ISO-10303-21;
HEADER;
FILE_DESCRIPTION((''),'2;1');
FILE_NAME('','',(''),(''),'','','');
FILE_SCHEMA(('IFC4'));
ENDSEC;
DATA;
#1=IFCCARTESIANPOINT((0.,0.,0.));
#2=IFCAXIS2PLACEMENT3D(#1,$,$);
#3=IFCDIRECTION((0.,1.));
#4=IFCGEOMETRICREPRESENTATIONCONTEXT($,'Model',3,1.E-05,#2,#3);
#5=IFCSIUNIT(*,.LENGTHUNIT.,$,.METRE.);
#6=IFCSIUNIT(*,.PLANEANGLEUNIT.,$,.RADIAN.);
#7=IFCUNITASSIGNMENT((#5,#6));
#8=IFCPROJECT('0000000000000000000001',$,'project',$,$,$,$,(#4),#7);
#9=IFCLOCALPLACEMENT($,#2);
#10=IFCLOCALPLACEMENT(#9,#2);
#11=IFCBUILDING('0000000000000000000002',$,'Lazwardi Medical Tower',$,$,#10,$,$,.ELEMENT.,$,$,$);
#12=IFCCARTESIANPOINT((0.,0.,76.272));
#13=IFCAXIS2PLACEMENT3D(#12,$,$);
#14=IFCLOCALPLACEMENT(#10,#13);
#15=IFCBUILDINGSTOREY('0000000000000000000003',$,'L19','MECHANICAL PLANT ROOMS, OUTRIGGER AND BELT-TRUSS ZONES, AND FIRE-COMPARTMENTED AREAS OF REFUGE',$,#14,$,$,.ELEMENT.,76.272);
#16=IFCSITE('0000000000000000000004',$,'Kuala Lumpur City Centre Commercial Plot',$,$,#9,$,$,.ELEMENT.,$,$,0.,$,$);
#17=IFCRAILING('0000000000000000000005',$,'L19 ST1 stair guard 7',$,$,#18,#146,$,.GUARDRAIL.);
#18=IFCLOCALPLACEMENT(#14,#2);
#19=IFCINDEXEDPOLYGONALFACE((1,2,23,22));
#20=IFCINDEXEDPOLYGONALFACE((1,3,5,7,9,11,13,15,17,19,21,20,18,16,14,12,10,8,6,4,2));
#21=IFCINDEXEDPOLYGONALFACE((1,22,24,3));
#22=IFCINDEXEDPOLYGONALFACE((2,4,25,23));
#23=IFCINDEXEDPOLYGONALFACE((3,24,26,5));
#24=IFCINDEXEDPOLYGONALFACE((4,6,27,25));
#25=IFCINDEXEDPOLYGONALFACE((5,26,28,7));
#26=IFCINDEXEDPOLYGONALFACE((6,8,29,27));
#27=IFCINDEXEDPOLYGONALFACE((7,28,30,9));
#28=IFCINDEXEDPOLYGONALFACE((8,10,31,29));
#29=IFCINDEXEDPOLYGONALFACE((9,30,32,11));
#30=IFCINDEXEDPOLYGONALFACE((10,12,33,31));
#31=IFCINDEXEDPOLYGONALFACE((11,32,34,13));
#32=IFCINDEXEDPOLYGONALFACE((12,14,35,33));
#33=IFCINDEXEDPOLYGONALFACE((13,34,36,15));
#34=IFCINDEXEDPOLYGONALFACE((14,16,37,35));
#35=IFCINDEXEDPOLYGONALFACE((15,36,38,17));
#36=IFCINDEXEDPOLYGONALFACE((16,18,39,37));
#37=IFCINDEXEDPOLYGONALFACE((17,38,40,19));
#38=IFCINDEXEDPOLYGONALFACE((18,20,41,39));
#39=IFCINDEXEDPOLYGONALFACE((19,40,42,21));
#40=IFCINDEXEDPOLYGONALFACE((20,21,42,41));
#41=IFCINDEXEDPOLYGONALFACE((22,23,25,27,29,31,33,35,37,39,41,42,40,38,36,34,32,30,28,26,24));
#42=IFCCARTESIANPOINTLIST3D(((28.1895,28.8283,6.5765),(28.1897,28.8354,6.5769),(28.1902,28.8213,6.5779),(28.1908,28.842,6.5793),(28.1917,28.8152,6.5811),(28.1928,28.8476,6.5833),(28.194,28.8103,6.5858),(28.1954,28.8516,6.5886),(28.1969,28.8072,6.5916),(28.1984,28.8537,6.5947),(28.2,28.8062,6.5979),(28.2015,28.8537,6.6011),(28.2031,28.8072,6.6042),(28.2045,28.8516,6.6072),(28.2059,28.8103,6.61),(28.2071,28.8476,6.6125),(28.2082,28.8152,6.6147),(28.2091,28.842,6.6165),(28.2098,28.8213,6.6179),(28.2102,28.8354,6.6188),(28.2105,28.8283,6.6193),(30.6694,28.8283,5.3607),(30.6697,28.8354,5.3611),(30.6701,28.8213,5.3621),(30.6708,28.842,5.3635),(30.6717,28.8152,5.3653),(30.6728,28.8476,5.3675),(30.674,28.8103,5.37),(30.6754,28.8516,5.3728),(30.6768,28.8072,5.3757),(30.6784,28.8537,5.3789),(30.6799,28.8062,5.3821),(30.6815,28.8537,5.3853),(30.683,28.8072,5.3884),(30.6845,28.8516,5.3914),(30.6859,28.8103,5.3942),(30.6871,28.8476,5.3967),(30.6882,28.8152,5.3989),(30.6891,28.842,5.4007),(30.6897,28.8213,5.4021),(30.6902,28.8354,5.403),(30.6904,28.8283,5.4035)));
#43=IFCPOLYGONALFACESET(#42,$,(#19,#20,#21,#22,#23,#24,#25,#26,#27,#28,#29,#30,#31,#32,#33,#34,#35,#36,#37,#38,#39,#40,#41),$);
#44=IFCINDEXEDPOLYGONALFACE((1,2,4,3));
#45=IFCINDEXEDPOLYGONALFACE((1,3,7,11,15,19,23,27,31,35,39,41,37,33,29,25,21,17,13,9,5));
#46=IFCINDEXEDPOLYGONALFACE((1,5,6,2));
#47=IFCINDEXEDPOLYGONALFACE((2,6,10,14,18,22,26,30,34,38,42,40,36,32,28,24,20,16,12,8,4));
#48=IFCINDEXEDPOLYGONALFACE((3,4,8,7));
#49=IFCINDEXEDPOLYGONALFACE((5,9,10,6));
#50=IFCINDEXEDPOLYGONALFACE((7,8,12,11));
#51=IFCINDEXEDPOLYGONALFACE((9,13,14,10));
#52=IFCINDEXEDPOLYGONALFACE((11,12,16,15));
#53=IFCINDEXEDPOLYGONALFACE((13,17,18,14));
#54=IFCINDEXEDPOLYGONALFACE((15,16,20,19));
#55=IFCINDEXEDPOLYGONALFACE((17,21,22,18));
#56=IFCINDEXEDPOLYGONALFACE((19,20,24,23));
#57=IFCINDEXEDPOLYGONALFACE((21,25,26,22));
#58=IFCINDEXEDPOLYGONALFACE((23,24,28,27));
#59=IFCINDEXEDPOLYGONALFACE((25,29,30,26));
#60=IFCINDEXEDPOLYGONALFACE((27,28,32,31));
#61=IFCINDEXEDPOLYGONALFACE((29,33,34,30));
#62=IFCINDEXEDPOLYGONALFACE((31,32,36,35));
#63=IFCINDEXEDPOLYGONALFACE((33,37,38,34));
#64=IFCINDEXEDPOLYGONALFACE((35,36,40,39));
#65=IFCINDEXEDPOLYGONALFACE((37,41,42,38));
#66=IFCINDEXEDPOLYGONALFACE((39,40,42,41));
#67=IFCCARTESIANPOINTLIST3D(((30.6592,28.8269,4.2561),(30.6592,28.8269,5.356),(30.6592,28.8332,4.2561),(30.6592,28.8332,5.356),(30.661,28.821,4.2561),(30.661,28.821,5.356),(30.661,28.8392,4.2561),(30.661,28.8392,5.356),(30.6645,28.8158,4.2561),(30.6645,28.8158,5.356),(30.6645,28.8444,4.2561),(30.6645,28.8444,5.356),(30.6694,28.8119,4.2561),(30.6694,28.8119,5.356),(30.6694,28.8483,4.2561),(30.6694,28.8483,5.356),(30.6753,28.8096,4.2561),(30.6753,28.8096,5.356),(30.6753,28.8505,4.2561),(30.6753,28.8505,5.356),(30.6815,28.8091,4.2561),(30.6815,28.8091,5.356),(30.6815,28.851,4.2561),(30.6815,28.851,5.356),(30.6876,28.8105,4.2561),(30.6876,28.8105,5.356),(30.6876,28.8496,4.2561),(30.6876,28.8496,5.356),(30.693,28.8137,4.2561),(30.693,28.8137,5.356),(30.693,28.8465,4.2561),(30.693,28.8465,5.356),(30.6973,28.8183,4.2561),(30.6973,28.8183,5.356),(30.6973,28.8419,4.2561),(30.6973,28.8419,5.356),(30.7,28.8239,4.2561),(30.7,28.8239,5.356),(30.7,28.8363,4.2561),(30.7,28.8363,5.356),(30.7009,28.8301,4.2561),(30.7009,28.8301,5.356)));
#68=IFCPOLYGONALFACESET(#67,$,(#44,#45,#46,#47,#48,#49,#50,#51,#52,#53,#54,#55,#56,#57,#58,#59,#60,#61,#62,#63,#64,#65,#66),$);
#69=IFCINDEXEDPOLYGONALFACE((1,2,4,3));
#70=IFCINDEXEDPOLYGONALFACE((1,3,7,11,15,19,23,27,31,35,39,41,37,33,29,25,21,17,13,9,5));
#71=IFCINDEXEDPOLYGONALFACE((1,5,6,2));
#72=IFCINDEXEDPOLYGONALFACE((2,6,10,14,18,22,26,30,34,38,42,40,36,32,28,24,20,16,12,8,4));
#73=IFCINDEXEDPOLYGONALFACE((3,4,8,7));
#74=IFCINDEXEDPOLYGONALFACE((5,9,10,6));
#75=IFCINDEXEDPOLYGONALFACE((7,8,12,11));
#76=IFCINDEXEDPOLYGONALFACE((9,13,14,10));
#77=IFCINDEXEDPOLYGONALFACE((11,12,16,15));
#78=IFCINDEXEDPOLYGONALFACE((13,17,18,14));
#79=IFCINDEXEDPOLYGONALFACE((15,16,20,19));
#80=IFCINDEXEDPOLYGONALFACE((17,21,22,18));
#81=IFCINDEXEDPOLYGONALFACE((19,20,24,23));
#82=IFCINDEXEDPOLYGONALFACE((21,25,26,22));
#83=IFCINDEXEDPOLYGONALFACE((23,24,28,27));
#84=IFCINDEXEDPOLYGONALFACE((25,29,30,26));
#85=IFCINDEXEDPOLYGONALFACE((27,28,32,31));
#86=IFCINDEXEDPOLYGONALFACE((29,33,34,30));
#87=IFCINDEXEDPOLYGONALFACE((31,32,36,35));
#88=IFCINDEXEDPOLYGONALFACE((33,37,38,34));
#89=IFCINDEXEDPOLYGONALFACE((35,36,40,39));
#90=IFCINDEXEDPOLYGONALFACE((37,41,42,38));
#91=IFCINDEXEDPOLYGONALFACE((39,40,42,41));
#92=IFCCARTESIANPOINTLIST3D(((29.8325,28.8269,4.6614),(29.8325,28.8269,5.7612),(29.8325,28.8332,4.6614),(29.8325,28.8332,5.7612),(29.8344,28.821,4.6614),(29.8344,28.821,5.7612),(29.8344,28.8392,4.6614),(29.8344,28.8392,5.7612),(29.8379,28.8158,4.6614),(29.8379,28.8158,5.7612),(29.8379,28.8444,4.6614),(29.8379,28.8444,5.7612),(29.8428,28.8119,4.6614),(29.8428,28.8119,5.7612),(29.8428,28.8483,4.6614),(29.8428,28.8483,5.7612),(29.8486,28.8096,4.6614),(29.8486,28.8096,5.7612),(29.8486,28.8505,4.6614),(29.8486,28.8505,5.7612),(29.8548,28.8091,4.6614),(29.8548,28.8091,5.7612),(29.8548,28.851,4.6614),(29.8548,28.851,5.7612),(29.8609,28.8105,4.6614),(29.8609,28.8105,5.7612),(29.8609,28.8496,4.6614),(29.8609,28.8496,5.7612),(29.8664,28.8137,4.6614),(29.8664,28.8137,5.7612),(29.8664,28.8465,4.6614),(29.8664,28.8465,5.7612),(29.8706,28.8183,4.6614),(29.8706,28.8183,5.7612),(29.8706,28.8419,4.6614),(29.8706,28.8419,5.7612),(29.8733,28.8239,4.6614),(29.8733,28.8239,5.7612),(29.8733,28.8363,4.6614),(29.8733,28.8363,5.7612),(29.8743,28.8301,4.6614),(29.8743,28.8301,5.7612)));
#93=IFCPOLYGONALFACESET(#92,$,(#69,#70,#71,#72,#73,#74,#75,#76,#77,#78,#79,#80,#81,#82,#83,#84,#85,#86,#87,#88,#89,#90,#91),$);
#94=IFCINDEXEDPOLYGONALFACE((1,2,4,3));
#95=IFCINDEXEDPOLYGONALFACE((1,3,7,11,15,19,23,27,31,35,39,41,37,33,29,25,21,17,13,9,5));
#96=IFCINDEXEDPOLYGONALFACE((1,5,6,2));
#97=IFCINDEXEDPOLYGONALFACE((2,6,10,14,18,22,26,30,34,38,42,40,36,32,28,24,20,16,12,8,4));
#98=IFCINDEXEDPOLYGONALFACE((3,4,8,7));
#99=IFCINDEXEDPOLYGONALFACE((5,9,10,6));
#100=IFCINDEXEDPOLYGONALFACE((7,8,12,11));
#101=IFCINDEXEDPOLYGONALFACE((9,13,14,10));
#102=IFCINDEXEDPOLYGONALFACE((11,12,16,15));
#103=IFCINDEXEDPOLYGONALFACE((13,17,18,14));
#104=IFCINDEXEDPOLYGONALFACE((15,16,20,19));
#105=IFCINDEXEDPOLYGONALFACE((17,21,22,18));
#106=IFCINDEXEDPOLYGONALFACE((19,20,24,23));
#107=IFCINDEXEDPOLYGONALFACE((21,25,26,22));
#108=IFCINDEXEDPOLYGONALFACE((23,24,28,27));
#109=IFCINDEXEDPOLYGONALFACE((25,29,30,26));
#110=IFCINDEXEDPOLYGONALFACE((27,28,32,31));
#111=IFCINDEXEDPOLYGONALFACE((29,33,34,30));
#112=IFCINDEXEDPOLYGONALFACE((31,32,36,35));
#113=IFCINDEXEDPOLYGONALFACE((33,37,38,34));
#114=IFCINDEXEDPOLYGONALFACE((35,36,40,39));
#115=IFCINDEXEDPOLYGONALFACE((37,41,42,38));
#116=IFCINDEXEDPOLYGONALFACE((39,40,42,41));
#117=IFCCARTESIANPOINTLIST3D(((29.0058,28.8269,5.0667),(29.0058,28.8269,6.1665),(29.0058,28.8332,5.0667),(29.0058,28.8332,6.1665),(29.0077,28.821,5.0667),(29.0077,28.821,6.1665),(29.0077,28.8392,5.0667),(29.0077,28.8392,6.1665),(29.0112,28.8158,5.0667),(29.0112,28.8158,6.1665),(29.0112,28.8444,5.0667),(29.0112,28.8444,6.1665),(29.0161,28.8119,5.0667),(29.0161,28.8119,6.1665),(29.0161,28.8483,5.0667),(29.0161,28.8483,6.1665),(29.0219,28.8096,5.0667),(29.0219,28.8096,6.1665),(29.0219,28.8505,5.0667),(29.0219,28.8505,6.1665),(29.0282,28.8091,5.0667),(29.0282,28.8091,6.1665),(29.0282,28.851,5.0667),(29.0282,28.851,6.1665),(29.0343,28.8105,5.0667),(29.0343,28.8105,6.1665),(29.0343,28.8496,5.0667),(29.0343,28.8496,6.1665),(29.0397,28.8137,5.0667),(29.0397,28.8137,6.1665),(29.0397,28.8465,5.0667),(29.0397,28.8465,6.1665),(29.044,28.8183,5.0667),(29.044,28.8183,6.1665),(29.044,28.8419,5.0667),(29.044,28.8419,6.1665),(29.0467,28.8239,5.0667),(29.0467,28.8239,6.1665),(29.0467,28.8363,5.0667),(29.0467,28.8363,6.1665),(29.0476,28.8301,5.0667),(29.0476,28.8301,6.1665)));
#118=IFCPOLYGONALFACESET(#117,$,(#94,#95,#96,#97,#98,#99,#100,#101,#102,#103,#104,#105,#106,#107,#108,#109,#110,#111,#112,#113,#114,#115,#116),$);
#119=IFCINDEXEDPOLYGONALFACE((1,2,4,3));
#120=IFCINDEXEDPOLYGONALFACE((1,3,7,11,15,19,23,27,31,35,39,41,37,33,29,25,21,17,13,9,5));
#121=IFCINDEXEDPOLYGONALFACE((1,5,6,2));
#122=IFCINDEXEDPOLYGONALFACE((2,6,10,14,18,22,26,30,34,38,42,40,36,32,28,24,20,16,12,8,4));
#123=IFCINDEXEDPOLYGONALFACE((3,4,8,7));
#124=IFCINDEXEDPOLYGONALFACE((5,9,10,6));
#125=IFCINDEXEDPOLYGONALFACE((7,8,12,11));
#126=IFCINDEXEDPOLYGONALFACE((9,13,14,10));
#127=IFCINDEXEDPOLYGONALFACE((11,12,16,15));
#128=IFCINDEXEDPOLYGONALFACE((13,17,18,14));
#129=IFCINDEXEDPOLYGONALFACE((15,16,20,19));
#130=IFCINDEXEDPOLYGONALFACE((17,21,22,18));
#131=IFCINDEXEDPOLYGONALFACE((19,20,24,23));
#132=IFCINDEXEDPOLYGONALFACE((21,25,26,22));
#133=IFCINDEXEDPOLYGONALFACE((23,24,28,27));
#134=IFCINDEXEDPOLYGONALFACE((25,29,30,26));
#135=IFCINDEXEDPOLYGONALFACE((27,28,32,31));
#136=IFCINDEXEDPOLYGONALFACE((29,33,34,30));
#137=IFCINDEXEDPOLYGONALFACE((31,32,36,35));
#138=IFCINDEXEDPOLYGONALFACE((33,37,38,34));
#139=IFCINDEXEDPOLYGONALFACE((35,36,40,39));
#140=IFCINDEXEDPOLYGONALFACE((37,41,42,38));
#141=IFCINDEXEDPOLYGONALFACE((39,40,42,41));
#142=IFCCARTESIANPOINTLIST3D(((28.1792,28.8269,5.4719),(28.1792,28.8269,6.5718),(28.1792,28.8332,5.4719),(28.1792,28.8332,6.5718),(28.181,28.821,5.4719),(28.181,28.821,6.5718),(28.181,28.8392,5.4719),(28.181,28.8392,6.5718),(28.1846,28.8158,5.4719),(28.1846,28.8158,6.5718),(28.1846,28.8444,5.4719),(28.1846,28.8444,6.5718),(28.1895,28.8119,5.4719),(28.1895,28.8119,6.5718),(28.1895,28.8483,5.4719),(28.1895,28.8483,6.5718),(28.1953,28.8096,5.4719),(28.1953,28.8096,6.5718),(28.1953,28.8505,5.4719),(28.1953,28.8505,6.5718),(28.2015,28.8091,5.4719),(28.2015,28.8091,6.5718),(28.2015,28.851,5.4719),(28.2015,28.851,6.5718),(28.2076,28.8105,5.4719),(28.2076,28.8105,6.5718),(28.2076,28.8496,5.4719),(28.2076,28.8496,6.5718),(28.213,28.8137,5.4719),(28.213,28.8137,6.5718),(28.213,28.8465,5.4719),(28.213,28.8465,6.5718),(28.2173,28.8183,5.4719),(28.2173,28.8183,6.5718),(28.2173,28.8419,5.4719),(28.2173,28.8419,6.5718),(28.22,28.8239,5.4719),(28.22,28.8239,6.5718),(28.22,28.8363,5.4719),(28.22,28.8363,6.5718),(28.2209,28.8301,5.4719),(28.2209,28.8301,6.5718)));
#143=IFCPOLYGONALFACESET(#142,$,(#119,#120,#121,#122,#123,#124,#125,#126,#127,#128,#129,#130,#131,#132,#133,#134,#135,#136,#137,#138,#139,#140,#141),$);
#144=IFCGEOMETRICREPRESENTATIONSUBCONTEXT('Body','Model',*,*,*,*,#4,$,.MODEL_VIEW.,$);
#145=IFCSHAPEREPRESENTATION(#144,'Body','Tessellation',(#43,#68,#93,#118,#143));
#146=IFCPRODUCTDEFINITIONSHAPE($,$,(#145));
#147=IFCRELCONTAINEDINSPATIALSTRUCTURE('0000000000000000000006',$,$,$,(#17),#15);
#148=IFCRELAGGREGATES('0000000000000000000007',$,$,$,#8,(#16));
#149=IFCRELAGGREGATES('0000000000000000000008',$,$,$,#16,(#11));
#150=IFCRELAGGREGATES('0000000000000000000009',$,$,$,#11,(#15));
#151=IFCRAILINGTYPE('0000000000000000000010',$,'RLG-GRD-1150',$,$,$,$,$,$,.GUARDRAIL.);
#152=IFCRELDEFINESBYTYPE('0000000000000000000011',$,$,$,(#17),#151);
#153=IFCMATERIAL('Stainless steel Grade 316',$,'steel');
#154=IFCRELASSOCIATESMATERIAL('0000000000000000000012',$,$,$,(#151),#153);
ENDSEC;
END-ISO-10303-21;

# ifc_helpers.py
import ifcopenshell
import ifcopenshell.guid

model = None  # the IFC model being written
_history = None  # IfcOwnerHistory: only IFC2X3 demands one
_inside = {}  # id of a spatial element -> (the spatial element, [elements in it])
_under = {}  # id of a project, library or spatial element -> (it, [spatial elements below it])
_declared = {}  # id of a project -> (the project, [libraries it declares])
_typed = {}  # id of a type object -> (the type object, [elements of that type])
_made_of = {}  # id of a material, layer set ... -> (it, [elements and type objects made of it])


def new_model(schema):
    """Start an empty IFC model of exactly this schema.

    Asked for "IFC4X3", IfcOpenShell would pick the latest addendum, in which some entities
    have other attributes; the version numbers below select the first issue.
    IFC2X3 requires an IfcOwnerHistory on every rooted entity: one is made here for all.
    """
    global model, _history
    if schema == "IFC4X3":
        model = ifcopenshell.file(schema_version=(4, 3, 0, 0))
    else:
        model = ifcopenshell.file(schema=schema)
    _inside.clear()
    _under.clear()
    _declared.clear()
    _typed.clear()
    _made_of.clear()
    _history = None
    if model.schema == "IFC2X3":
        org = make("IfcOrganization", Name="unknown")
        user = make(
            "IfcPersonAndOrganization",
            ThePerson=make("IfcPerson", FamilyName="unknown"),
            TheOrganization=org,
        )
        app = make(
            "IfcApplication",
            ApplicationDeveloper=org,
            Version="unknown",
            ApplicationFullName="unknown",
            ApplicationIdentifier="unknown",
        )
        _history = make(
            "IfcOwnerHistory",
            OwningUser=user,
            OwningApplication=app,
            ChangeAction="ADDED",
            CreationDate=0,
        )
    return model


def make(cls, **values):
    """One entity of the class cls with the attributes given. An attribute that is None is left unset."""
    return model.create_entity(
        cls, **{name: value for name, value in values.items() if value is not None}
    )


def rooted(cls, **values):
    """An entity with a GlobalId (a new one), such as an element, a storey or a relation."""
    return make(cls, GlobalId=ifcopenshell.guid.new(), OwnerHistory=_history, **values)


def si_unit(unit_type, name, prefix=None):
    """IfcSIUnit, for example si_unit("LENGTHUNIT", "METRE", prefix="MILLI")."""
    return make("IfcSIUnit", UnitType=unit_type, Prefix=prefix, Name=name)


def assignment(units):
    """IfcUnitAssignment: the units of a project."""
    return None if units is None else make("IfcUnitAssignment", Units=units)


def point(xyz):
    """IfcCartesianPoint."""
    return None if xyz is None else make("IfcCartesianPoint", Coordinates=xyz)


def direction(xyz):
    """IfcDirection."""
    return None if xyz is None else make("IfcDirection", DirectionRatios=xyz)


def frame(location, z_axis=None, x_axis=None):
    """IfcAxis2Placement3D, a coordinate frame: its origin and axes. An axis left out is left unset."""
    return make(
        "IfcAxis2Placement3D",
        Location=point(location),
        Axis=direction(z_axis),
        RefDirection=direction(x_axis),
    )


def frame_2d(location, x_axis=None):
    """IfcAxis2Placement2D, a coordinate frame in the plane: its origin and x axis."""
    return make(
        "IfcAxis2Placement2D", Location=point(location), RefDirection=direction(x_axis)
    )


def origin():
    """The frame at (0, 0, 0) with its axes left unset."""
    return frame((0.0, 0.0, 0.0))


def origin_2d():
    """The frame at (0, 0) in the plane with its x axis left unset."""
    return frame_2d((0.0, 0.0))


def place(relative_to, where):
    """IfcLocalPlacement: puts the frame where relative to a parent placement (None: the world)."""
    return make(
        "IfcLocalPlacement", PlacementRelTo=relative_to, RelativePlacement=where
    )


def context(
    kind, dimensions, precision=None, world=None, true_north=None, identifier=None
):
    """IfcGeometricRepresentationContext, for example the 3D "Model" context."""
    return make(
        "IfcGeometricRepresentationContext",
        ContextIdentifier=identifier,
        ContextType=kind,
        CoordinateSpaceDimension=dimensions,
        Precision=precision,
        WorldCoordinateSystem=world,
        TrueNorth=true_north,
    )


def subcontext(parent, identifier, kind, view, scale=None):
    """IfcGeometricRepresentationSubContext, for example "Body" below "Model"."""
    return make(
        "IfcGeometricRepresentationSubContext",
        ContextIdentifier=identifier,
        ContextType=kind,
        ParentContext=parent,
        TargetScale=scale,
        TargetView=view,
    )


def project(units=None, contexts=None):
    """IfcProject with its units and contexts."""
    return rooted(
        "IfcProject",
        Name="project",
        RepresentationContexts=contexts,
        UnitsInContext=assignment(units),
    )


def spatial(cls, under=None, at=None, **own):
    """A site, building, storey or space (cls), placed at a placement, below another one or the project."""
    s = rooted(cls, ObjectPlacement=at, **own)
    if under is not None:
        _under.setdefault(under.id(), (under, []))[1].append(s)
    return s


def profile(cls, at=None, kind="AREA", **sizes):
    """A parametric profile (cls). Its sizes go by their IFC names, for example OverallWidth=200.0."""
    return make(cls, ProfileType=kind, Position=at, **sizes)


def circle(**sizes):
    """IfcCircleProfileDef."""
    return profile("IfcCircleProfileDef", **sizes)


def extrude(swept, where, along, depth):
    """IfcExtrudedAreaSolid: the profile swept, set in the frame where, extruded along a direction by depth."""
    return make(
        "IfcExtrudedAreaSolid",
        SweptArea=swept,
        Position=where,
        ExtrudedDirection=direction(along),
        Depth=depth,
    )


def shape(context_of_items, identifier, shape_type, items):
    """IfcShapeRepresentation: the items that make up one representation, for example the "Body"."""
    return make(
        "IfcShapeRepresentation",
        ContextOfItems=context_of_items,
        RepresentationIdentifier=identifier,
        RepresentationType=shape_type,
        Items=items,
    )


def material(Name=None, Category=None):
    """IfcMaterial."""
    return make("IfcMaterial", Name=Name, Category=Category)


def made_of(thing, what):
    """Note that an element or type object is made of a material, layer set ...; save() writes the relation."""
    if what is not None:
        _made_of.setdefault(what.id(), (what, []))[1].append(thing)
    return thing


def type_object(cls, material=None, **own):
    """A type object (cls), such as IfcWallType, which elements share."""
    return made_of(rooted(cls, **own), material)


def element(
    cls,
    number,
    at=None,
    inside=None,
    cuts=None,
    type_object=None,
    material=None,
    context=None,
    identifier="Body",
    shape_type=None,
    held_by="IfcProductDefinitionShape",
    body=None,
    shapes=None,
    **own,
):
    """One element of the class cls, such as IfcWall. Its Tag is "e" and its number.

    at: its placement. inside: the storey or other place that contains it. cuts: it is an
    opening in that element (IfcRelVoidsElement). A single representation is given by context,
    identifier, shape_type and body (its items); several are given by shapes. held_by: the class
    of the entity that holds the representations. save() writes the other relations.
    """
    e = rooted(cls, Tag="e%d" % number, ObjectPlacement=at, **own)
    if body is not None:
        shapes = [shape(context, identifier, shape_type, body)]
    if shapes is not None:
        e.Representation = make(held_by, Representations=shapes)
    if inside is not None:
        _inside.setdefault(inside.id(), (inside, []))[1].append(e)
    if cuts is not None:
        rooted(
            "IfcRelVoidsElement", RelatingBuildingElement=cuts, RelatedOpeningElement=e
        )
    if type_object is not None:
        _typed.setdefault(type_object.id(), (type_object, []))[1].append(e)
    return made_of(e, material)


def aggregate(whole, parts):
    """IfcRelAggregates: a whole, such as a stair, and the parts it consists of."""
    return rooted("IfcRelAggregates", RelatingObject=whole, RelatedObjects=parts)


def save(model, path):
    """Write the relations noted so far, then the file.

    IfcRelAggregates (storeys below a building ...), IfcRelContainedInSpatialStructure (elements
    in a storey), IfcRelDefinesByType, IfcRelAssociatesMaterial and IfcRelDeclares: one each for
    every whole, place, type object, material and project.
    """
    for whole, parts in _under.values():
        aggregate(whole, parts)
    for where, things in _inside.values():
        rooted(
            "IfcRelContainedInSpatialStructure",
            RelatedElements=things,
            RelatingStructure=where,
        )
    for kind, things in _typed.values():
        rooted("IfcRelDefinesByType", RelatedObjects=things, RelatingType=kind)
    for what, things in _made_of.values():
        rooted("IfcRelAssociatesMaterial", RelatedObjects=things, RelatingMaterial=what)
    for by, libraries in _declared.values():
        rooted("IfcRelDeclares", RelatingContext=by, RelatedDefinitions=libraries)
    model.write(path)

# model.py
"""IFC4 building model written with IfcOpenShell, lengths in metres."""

from ifc_helpers import new_model, si_unit, direction, frame, origin, origin_2d, place, context, subcontext, project, spatial, circle, extrude, material, type_object, element, save


model = new_model("IFC4")

# Units and contexts
model_context = context("Model", 3, precision=1e-05, world=origin(), true_north=direction((0.0, 1.0)))
body_context = subcontext(model_context, "Body", "Model", "MODEL_VIEW")
ifc_project = project(units=[si_unit("LENGTHUNIT", "METRE"), si_unit("PLANEANGLEUNIT", "RADIAN")], contexts=[model_context])

# Site, building, storey
site_placement = place(None, origin())
site = spatial("IfcSite", under=ifc_project, at=site_placement, Name="Kuala Lumpur City Centre Commercial Plot", CompositionType="ELEMENT", RefElevation=0.0)
building_placement = place(site_placement, origin())
building = spatial("IfcBuilding", under=site, at=building_placement, Name="Lazwardi Medical Tower", CompositionType="ELEMENT")
storey_placement = place(building_placement, frame((0.0, 0.0, 76.272)))
storey = spatial("IfcBuildingStorey", under=building, at=storey_placement, Name="L19", Description="MECHANICAL PLANT ROOMS, OUTRIGGER AND BELT-TRUSS ZONES, AND FIRE-COMPARTMENTED AREAS OF REFUGE", CompositionType="ELEMENT", Elevation=76.272)

# Railing
ifc_material_1 = material(Name="Stainless steel Grade 316", Category="steel")
railing_type_1 = type_object("IfcRailingType", Name="RLG-GRD-1150", PredefinedType="GUARDRAIL", material=ifc_material_1)
railing_1_placement = place(storey_placement, frame((30.6799, 28.8301, 4.2561)))
element("IfcRailing", 1, at=railing_1_placement, inside=storey, type_object=railing_type_1, Name="L19 ST1 stair guard 7", PredefinedType="GUARDRAIL", context=body_context, shape_type="SweptSolid", body=[
    extrude(circle(Radius=0.0239, at=origin_2d()), frame((0.0, 0.0, 1.126), z_axis=(-0.8979, 0.0, 0.440199), x_axis=(0.0, -1.0, 0.0)), (0.0, 0.0, 1.0), 2.762),
    extrude(circle(Radius=0.021, at=origin_2d()), origin(), (0.0, 0.0, 1.0), 1.0999),
    extrude(circle(Radius=0.021, at=origin_2d()), frame((-0.8267, 0.0, 0.4053)), (0.0, 0.0, 1.0), 1.0999),
    extrude(circle(Radius=0.021, at=origin_2d()), frame((-1.6533, 0.0, 0.8105)), (0.0, 0.0, 1.0), 1.0999),
    extrude(circle(Radius=0.021, at=origin_2d()), frame((-2.48, 0.0, 1.2158)), (0.0, 0.0, 1.0), 1.0999),
])

save(model, "model.ifc")
